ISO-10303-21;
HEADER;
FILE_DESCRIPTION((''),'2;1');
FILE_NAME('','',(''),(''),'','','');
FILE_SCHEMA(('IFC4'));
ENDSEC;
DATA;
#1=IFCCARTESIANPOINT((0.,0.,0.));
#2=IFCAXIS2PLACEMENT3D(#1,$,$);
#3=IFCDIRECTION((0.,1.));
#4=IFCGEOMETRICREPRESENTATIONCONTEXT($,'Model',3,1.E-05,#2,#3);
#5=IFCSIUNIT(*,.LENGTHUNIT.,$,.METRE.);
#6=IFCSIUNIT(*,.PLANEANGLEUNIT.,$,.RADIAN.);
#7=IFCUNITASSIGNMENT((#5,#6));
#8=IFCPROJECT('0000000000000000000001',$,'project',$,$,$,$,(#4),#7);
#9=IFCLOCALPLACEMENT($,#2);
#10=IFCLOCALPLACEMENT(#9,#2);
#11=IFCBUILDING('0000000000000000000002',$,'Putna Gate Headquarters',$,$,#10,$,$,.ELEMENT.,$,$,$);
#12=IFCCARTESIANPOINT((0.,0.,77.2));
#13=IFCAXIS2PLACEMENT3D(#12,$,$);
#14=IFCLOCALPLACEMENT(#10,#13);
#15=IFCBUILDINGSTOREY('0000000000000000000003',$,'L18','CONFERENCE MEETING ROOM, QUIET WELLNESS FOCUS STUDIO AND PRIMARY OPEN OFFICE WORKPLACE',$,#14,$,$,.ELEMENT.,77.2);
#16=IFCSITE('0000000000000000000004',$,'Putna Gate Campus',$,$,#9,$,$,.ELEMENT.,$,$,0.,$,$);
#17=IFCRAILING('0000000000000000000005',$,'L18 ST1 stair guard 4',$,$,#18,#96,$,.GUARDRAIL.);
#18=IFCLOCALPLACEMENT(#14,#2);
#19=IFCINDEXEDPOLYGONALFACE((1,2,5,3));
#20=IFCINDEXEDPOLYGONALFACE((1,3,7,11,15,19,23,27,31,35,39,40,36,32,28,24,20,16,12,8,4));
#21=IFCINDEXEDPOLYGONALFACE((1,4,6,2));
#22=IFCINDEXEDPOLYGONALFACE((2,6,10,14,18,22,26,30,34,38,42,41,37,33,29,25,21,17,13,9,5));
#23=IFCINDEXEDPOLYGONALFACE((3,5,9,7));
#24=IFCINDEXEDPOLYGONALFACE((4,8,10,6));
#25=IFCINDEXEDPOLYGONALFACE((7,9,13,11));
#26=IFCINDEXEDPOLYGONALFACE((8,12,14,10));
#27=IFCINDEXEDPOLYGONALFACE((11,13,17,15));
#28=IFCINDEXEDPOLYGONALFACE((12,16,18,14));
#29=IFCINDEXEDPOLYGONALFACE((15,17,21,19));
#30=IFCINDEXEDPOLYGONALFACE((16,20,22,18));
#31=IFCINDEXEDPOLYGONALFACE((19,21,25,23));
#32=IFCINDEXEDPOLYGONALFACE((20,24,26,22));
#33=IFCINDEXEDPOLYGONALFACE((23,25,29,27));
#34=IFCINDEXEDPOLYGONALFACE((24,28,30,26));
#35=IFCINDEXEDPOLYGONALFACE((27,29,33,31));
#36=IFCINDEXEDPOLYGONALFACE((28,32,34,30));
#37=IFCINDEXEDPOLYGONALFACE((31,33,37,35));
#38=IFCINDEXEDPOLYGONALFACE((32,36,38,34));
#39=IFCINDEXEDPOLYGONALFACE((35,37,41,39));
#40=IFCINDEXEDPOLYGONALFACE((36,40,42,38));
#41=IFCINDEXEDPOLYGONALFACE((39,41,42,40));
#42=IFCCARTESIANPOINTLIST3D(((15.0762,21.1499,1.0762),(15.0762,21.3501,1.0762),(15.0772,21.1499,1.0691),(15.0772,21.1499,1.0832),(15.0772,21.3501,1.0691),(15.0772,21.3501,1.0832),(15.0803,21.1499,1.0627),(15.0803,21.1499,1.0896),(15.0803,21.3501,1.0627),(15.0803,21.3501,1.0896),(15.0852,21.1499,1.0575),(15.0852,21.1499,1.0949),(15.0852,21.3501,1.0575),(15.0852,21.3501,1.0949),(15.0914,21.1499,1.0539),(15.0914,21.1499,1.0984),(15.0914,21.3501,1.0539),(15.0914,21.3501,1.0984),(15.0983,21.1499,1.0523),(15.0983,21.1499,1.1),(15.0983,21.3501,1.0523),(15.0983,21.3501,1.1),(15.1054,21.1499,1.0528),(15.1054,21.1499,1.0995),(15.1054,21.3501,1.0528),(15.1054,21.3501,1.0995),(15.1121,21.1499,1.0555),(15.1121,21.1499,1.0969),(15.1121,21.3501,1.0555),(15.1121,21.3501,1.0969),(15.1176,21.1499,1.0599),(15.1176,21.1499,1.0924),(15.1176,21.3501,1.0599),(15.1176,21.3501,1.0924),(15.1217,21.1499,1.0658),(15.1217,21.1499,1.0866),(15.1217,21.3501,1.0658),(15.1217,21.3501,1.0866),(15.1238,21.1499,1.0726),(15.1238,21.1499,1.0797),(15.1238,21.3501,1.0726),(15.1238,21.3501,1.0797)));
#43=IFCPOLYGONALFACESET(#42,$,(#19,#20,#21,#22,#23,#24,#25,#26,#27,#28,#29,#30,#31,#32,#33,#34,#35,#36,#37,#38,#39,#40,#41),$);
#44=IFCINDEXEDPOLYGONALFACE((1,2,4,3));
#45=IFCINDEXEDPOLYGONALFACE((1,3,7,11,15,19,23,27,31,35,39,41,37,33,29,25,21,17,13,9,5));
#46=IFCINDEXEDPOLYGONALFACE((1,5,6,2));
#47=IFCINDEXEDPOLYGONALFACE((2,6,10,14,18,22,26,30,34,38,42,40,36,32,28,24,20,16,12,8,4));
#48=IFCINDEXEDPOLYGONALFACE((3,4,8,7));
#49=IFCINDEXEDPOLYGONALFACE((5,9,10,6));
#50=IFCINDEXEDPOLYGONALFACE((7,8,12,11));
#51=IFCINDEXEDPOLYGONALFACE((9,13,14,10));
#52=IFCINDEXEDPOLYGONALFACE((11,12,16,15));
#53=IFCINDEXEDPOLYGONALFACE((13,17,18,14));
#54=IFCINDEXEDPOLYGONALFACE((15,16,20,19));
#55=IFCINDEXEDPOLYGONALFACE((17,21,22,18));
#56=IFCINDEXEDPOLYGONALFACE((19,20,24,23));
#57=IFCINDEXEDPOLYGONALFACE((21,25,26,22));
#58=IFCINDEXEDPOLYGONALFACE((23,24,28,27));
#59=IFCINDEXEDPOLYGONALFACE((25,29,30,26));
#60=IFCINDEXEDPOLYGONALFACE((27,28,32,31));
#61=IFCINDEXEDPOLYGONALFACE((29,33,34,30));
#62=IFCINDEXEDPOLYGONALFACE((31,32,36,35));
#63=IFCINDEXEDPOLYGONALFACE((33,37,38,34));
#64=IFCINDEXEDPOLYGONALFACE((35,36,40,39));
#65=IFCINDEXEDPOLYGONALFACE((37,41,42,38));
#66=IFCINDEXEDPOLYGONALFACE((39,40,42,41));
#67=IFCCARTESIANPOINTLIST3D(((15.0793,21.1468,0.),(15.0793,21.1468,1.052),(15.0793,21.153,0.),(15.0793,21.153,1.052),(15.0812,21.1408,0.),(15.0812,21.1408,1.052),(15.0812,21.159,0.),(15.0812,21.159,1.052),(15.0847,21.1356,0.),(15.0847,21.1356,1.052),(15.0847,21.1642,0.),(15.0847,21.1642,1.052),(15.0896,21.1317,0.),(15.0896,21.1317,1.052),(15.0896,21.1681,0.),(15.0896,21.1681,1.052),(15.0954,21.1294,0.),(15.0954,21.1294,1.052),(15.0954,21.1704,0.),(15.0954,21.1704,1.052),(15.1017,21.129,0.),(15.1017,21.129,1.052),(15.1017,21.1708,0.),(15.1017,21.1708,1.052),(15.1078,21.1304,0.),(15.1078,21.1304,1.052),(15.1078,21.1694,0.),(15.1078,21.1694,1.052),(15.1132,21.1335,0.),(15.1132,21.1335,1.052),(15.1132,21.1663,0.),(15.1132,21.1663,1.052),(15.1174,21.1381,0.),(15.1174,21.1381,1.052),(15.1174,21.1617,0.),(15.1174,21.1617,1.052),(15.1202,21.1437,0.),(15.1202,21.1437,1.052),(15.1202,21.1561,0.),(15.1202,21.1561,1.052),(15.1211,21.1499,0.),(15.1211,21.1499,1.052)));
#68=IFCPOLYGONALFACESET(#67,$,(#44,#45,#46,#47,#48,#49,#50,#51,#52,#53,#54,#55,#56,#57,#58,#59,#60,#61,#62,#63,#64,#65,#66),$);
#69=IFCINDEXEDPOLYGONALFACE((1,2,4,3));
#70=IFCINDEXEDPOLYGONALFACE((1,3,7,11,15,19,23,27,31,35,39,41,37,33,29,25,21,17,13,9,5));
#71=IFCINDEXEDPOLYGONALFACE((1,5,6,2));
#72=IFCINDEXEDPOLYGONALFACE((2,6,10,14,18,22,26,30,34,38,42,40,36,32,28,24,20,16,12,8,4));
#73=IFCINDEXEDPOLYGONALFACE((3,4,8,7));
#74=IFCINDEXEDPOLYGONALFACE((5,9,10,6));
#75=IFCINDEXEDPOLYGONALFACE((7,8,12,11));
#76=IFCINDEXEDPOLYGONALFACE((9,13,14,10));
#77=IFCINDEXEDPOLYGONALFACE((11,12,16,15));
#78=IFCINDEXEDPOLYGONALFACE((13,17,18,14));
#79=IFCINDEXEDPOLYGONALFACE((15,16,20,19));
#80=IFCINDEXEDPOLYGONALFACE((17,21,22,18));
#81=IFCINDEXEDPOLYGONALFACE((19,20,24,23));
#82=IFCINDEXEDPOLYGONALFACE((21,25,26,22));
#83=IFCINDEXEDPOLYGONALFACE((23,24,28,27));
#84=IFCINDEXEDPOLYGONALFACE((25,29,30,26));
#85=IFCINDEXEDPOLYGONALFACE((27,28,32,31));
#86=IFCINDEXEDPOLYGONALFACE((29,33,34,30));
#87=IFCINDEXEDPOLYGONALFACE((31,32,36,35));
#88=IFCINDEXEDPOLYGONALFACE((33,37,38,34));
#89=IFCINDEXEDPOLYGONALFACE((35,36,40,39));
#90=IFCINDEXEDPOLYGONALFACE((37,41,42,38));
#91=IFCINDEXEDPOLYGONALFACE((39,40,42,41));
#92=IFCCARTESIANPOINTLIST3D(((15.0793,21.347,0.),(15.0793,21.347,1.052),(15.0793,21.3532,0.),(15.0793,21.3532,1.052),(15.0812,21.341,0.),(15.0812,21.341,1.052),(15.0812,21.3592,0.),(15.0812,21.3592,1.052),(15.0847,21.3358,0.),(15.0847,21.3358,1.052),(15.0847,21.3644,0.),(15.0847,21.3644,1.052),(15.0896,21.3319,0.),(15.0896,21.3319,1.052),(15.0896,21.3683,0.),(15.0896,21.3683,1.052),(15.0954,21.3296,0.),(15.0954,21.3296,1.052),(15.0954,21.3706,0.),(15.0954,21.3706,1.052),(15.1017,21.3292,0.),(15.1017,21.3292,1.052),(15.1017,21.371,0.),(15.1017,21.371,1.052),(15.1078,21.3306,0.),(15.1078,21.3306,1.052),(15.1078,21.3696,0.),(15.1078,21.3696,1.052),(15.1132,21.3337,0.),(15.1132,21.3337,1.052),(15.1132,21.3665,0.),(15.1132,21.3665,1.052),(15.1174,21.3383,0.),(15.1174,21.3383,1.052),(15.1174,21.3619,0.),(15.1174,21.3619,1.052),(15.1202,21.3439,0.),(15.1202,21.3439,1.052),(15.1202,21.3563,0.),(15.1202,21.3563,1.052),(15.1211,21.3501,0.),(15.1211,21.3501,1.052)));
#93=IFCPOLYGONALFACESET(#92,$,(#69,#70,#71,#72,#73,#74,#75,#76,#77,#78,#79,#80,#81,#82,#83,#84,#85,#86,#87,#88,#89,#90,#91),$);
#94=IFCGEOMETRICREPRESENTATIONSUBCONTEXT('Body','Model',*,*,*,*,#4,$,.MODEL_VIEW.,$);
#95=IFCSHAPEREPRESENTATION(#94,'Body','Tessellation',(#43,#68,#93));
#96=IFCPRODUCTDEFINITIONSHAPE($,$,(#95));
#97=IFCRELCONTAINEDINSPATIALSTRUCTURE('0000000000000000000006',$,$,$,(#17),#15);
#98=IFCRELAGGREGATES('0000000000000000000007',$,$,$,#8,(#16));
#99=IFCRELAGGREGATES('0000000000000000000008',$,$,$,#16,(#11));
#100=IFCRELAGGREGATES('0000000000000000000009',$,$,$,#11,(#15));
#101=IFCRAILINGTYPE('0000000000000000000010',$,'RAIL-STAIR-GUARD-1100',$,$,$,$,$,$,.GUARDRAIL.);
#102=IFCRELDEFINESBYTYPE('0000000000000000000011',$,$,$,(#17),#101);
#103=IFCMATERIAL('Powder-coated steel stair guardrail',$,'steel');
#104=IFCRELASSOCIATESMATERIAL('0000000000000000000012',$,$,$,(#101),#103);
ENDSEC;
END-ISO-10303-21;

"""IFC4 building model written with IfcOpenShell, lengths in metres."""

from ifc_helpers import new_model, si_unit, direction, frame, origin, origin_2d, place, context, subcontext, project, spatial, circle, extrude, material, type_object, element, save


model = new_model("IFC4")

# Units and contexts
model_context = context("Model", 3, precision=1e-05, world=origin(), true_north=direction((0.0, 1.0)))
body_context = subcontext(model_context, "Body", "Model", "MODEL_VIEW")
ifc_project = project(units=[si_unit("LENGTHUNIT", "METRE"), si_unit("PLANEANGLEUNIT", "RADIAN")], contexts=[model_context])

# Site, building, storey
site_placement = place(None, origin())
site = spatial("IfcSite", under=ifc_project, at=site_placement, Name="Putna Gate Campus", CompositionType="ELEMENT", RefElevation=0.0)
building_placement = place(site_placement, origin())
building = spatial("IfcBuilding", under=site, at=building_placement, Name="Putna Gate Headquarters", CompositionType="ELEMENT")
storey_placement = place(building_placement, frame((0.0, 0.0, 77.2)))
storey = spatial("IfcBuildingStorey", under=building, at=storey_placement, Name="L18", Description="CONFERENCE MEETING ROOM, QUIET WELLNESS FOCUS STUDIO AND PRIMARY OPEN OFFICE WORKPLACE", CompositionType="ELEMENT", Elevation=77.2)

# Railing
ifc_material_1 = material(Name="Powder-coated steel stair guardrail", Category="steel")
railing_type_1 = type_object("IfcRailingType", Name="RAIL-STAIR-GUARD-1100", PredefinedType="GUARDRAIL", material=ifc_material_1)
railing_1_placement = place(storey_placement, frame((15.1001, 21.1499, 0.0)))
element("IfcRailing", 1, at=railing_1_placement, inside=storey, type_object=railing_type_1, Name="L18 ST1 stair guard 4", PredefinedType="GUARDRAIL", context=body_context, shape_type="SweptSolid", body=[
    extrude(circle(Radius=0.0239, at=origin_2d()), frame((0.0, 0.0, 1.0762), z_axis=(0.0, 1.0, 0.0), x_axis=(-1.0, 0.0, 0.0)), (0.0, 0.0, 1.0), 0.2002),
    extrude(circle(Radius=0.021, at=origin_2d()), origin(), (0.0, 0.0, 1.0), 1.052),
    extrude(circle(Radius=0.021, at=origin_2d()), frame((0.0, 0.2002, 0.0)), (0.0, 0.0, 1.0), 1.052),
])

save(model, "model.ifc")
